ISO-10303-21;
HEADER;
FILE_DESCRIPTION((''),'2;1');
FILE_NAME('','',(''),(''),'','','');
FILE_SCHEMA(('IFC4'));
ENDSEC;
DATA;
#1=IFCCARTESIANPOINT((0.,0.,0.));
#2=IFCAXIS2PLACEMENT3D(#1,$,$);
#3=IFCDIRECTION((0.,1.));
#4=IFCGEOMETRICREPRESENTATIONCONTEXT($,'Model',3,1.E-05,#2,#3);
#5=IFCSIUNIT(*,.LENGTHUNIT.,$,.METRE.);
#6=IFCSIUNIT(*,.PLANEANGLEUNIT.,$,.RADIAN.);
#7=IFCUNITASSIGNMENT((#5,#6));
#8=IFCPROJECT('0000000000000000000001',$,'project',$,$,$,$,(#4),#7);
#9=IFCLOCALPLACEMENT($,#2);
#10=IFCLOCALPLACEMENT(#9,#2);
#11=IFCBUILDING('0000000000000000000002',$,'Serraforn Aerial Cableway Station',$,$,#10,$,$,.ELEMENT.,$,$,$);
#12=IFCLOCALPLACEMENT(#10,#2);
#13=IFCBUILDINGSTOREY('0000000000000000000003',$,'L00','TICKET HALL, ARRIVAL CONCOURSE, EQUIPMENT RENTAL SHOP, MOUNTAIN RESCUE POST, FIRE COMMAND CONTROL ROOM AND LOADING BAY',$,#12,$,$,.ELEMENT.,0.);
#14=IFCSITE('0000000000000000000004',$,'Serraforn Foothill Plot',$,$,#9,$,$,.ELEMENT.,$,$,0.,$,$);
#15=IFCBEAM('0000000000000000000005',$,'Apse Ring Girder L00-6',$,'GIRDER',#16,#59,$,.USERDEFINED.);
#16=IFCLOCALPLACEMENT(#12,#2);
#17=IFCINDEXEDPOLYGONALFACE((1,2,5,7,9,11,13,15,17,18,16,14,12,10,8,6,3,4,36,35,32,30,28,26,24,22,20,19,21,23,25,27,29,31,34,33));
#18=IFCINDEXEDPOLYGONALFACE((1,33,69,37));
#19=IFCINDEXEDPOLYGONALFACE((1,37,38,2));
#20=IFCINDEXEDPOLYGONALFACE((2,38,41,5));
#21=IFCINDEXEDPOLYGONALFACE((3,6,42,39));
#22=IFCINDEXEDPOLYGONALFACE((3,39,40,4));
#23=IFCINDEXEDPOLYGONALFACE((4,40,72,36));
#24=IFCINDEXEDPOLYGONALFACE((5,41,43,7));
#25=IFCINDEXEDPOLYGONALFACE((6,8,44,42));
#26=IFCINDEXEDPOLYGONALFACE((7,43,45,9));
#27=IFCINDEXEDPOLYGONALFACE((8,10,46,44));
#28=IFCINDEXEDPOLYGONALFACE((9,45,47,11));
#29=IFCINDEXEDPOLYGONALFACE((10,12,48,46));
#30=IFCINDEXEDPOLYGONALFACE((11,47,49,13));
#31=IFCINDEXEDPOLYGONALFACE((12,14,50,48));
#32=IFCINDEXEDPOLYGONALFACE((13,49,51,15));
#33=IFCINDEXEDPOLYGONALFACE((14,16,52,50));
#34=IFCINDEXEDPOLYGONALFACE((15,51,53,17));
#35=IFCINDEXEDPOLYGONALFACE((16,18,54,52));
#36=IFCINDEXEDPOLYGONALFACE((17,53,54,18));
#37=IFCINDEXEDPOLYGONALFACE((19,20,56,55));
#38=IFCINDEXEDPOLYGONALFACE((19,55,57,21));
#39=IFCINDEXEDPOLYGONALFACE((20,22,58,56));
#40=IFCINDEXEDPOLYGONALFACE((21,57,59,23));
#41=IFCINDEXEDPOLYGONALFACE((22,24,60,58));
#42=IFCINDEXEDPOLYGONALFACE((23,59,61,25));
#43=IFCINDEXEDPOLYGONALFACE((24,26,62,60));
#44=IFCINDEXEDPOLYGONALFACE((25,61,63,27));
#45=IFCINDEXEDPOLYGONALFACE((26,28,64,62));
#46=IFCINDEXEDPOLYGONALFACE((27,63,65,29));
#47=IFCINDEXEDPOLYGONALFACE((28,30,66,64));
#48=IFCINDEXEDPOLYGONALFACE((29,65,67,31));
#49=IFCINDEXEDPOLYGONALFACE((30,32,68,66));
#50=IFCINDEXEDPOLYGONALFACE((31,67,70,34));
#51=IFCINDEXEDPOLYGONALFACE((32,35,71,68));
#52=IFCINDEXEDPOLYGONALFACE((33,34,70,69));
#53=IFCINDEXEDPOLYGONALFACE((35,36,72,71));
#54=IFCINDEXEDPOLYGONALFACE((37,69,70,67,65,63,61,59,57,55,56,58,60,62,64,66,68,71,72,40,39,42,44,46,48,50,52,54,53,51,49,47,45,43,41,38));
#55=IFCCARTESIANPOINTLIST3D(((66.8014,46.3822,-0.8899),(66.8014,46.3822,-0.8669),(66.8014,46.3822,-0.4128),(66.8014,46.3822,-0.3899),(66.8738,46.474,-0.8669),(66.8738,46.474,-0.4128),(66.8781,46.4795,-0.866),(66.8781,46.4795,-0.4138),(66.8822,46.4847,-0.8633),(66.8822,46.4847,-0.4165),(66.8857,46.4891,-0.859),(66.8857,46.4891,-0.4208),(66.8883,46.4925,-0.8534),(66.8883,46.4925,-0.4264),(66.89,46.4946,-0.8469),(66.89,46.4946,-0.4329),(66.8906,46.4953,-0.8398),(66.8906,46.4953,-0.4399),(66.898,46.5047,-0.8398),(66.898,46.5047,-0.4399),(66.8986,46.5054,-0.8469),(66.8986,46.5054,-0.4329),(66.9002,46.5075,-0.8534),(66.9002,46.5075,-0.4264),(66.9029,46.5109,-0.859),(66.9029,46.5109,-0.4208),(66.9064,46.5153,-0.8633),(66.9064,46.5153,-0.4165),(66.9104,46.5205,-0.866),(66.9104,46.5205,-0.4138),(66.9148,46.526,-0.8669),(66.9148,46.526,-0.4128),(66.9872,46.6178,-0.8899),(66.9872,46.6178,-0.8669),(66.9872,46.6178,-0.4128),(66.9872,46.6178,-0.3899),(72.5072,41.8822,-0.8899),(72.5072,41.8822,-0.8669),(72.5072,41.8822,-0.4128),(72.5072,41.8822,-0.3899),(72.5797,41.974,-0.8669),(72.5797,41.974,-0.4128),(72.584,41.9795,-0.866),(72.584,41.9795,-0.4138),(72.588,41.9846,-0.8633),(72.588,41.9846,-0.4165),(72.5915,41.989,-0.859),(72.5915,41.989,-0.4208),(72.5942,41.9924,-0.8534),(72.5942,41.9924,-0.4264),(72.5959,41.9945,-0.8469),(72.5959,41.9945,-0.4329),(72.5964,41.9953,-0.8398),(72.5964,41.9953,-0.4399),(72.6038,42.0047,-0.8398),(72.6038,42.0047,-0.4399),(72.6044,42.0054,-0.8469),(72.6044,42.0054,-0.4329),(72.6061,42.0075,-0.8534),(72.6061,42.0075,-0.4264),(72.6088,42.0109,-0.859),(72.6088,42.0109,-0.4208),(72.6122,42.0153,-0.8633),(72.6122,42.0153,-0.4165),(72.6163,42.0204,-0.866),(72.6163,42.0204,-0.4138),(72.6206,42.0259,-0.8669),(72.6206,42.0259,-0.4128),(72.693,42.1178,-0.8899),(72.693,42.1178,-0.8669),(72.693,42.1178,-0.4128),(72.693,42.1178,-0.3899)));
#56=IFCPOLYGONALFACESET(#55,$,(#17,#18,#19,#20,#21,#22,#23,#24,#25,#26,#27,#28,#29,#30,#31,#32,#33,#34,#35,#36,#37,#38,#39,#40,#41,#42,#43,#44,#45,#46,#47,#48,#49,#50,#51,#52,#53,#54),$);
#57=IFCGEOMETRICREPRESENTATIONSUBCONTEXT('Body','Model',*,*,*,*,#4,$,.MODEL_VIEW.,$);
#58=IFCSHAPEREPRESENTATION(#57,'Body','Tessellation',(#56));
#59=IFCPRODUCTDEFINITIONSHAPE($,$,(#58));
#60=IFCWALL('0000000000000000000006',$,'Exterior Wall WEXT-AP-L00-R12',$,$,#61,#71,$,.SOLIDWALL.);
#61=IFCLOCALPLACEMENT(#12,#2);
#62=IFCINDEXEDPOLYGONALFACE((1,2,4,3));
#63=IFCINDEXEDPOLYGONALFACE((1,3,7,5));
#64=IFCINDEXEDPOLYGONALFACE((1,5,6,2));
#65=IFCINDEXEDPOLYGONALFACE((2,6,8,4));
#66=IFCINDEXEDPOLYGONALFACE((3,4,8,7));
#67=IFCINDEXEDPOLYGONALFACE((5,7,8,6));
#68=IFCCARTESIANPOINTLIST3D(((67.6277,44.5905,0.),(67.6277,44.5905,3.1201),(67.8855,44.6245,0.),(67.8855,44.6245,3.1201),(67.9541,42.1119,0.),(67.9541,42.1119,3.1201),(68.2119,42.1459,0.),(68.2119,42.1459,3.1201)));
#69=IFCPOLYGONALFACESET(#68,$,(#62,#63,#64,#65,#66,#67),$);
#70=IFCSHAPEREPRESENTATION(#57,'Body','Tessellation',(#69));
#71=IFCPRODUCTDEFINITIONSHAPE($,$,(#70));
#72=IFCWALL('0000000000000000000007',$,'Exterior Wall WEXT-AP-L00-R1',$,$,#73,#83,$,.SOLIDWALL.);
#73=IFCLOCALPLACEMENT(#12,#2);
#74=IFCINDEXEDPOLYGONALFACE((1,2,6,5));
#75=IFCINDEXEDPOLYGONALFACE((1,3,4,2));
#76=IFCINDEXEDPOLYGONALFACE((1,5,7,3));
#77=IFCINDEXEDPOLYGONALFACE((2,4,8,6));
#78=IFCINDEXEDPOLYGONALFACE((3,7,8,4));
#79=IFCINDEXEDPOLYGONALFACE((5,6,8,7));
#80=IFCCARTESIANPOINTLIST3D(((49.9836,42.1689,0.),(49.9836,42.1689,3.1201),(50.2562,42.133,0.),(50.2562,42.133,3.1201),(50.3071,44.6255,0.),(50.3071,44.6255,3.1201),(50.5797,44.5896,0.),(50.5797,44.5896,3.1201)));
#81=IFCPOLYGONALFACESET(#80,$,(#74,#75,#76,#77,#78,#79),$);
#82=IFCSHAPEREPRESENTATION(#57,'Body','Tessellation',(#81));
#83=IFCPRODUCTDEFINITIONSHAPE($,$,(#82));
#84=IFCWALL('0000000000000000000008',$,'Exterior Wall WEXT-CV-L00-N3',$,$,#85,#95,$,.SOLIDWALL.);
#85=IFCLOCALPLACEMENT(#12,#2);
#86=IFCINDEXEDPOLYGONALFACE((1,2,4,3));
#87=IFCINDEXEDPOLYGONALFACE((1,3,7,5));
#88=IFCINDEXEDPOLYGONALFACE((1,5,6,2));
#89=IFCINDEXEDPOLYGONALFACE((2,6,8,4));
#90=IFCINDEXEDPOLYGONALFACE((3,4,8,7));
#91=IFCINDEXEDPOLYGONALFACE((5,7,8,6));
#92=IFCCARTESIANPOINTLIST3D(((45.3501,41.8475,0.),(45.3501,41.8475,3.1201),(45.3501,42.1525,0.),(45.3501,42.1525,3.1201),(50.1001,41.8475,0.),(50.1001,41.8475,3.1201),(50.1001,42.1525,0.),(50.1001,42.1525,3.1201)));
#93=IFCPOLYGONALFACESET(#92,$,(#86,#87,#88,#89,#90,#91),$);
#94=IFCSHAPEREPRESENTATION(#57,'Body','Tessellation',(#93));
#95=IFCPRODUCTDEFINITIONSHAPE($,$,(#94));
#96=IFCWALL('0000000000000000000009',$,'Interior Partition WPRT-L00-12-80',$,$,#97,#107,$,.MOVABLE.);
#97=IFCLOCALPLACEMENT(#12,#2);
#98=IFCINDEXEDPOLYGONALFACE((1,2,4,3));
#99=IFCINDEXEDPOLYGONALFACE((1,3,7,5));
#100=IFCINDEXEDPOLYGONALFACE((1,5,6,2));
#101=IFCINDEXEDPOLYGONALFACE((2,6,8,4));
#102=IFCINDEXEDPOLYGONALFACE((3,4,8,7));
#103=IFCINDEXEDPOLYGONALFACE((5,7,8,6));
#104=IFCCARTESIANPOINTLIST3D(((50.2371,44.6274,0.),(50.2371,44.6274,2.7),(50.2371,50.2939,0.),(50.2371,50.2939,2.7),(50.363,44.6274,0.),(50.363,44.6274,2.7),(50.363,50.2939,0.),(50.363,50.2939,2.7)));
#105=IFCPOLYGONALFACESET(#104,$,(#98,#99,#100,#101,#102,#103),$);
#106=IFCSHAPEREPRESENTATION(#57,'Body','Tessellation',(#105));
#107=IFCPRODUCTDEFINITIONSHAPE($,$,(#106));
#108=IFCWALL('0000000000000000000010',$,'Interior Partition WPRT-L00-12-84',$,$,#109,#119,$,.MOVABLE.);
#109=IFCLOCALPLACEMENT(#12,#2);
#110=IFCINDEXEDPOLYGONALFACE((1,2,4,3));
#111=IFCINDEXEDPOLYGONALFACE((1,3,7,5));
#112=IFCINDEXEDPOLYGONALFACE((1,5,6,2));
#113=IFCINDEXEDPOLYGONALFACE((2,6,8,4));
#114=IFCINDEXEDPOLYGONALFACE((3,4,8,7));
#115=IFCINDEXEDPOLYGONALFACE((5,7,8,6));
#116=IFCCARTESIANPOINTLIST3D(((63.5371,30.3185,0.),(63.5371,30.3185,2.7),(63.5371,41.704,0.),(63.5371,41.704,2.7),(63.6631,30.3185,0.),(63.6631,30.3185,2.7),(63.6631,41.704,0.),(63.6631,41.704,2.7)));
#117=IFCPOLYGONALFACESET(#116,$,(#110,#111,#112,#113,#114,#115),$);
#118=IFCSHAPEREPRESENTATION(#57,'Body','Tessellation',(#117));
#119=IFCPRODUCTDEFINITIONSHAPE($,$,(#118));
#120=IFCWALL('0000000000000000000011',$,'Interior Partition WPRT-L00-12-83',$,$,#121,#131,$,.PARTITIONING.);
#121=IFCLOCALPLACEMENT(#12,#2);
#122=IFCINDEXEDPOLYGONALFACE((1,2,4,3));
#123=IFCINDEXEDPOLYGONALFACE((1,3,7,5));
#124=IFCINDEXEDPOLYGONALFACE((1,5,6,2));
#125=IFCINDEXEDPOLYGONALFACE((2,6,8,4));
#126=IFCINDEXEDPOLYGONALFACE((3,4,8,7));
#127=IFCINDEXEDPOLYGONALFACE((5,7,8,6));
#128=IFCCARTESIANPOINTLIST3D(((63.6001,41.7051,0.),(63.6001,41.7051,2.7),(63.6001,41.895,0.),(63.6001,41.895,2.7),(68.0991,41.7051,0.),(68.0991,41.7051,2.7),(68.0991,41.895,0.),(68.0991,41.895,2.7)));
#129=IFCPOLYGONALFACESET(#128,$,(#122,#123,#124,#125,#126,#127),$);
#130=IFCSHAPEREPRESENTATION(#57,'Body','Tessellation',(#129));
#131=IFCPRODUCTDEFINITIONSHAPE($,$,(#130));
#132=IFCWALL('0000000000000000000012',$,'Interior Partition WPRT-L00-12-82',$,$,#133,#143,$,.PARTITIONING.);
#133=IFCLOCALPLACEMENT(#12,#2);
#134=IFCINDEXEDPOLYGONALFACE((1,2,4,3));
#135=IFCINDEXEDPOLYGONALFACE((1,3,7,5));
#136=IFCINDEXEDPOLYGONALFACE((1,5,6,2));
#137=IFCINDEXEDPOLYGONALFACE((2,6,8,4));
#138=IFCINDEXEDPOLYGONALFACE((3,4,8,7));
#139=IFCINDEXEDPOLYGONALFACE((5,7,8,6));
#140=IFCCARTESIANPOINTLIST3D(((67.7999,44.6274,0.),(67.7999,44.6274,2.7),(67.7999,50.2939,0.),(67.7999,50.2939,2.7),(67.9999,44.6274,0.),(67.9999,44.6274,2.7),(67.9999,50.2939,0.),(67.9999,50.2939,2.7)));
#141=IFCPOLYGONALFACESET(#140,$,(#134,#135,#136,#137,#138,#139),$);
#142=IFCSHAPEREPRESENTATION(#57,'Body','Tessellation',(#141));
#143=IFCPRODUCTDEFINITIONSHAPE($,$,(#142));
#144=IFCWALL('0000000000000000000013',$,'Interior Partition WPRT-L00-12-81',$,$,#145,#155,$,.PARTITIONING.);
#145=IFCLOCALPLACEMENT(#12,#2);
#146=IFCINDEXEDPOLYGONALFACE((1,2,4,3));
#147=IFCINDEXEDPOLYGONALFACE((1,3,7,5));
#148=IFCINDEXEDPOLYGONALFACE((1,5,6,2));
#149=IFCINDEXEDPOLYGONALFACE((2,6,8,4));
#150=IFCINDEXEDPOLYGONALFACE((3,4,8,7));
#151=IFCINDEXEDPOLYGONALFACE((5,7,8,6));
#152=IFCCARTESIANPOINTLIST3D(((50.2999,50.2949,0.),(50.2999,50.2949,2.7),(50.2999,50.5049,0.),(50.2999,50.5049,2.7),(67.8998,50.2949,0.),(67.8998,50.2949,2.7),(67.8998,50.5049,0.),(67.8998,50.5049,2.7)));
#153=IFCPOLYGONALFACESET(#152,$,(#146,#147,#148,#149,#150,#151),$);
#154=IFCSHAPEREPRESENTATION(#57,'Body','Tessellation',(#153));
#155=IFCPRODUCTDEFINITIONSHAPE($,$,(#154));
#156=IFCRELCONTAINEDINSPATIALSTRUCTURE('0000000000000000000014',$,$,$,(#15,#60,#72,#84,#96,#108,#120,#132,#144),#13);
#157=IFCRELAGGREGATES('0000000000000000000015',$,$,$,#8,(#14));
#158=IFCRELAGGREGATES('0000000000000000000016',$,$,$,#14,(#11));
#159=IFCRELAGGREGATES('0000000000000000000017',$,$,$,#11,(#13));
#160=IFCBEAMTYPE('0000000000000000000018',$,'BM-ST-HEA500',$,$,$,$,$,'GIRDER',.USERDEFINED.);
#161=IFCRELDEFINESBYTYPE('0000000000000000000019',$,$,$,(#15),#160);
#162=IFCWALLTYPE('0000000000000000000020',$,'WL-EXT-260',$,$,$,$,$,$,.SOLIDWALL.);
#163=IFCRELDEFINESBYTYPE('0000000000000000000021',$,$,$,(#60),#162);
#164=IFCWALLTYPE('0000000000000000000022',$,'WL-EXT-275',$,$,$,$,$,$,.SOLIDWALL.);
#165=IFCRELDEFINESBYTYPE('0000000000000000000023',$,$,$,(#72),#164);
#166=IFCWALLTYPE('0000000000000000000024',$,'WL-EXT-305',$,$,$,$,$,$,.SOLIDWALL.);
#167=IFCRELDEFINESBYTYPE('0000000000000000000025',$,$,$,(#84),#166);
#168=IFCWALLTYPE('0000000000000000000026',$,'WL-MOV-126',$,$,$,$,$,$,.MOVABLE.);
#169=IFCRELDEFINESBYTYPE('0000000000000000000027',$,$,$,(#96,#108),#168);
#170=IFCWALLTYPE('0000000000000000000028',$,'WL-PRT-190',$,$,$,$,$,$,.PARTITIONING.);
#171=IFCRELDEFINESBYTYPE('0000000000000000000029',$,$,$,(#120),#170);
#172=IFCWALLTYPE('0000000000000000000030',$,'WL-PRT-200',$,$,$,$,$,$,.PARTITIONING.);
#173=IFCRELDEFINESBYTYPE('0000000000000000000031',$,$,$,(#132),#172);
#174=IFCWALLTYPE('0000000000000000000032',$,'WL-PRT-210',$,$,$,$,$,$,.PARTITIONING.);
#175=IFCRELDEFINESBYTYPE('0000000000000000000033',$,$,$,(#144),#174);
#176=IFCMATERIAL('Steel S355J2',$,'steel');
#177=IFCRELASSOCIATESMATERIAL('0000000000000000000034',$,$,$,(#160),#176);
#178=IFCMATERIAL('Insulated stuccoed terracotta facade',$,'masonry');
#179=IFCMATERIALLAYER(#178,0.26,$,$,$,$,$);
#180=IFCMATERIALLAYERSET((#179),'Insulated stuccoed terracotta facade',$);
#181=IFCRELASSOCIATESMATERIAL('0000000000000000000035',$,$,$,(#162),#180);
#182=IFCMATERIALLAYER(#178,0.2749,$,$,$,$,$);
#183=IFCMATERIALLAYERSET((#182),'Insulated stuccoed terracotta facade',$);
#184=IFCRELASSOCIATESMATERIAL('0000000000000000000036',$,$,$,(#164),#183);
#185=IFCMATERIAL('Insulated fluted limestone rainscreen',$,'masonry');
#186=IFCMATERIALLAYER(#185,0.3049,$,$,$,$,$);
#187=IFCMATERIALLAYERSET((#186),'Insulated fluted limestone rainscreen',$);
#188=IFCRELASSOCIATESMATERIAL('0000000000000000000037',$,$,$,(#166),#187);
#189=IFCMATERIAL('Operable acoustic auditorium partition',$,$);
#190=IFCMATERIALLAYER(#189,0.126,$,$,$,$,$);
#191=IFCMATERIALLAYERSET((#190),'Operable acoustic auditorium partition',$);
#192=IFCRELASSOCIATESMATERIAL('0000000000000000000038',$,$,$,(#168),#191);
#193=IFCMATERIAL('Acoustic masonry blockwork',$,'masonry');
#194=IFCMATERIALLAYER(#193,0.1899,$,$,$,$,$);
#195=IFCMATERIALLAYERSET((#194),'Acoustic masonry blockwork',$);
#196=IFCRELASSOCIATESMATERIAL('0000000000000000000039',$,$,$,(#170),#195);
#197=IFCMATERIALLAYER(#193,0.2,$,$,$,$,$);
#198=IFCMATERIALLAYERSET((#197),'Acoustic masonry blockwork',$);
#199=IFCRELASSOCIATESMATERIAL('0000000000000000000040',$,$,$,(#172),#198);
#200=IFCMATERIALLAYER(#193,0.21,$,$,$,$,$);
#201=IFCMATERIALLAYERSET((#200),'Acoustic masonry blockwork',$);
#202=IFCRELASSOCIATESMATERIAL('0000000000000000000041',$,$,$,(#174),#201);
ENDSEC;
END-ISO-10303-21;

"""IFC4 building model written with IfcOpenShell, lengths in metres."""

from ifc_helpers import new_model, si_unit, direction, frame, frame_2d, origin, origin_2d, place, context, subcontext, project, spatial, rectangle, i_section, extrude, material, layer, layer_set, material_profile, profile_set, type_object, element, save


model = new_model("IFC4")

# Units and contexts
model_context = context("Model", 3, precision=1e-05, world=origin(), true_north=direction((0.0, 1.0)))
body_context = subcontext(model_context, "Body", "Model", "MODEL_VIEW")
ifc_project = project(units=[si_unit("LENGTHUNIT", "METRE"), si_unit("PLANEANGLEUNIT", "RADIAN")], contexts=[model_context])

# Site, building, storey
site_placement = place(None, origin())
site = spatial("IfcSite", under=ifc_project, at=site_placement, Name="Serraforn Foothill Plot", CompositionType="ELEMENT", RefElevation=0.0)
building_placement = place(site_placement, origin())
building = spatial("IfcBuilding", under=site, at=building_placement, Name="Serraforn Aerial Cableway Station", CompositionType="ELEMENT")
storey_placement = place(building_placement, origin())
storey = spatial("IfcBuildingStorey", under=building, at=storey_placement, Name="L00", Description="TICKET HALL, ARRIVAL CONCOURSE, EQUIPMENT RENTAL SHOP, MOUNTAIN RESCUE POST, FIRE COMMAND CONTROL ROOM AND LOADING BAY", CompositionType="ELEMENT", Elevation=0.0)

# Beam
ifc_material_1 = material(Name="Steel S355J2", Category="steel")
ifc_material_profile_1 = material_profile(ifc_material_1, i_section(OverallWidth=0.3, OverallDepth=0.5, WebThickness=0.012, FlangeThickness=0.0229, FilletRadius=0.0271, at=origin_2d()), Name="HEA 500")
ifc_profile_set_1 = profile_set([ifc_material_profile_1], Name="Steel S355J2")
beam_type_1 = type_object("IfcBeamType", Name="BM-ST-HEA500", ElementType="GIRDER", PredefinedType="USERDEFINED", material=ifc_profile_set_1)
beam_1_placement = place(storey_placement, frame((66.8943, 46.5, -0.6399), z_axis=(0.78519, -0.619255, 0.0), x_axis=(0.619255, 0.78519, 0.0)))
element("IfcBeam", 1, at=beam_1_placement, inside=storey, type_object=beam_type_1, Name="Apse Ring Girder L00-6", ObjectType="GIRDER", PredefinedType="USERDEFINED", context=body_context, shape_type="SweptSolid", body=[
    extrude(i_section(OverallWidth=0.3, OverallDepth=0.5, WebThickness=0.012, FlangeThickness=0.0229, FilletRadius=0.0271, at=origin_2d()), origin(), (0.0, 0.0, 1.0), 7.2668),
])

# Walls
ifc_material_2 = material(Name="Insulated stuccoed terracotta facade", Category="masonry")
ifc_layer_1 = layer(ifc_material_2, 0.26)
ifc_layer_set_1 = layer_set([ifc_layer_1], Name="Insulated stuccoed terracotta facade")
wall_type_1 = type_object("IfcWallType", Name="WL-EXT-260", PredefinedType="SOLIDWALL", material=ifc_layer_set_1)
wall_1_placement = place(storey_placement, frame((68.083, 42.1289, 0.0), z_axis=(0.0, 0.0, 1.0), x_axis=(-0.130571, 0.991439, 0.0)))
element("IfcWall", 2, at=wall_1_placement, inside=storey, type_object=wall_type_1, Name="Exterior Wall WEXT-AP-L00-R12", PredefinedType="SOLIDWALL", context=body_context, shape_type="SweptSolid", body=[
    extrude(rectangle(XDim=2.5, YDim=0.26, at=frame_2d((1.25, 0.0))), origin(), (0.0, 0.0, 1.0), 3.1201),
])
ifc_layer_2 = layer(ifc_material_2, 0.2749)
ifc_layer_set_2 = layer_set([ifc_layer_2], Name="Insulated stuccoed terracotta facade")
wall_type_2 = type_object("IfcWallType", Name="WL-EXT-275", PredefinedType="SOLIDWALL", material=ifc_layer_set_2)
wall_2_placement = place(storey_placement, frame((50.4434, 44.6074, 0.0), z_axis=(0.0, 0.0, 1.0), x_axis=(-0.130556, -0.991441, 0.0)))
element("IfcWall", 3, at=wall_2_placement, inside=storey, type_object=wall_type_2, Name="Exterior Wall WEXT-AP-L00-R1", PredefinedType="SOLIDWALL", context=body_context, shape_type="SweptSolid", body=[
    extrude(rectangle(XDim=2.4778, YDim=0.2749, at=frame_2d((1.2388, 0.0))), origin(), (0.0, 0.0, 1.0), 3.1201),
])
ifc_material_3 = material(Name="Insulated fluted limestone rainscreen", Category="masonry")
ifc_layer_3 = layer(ifc_material_3, 0.3049)
ifc_layer_set_3 = layer_set([ifc_layer_3], Name="Insulated fluted limestone rainscreen")
wall_type_3 = type_object("IfcWallType", Name="WL-EXT-305", PredefinedType="SOLIDWALL", material=ifc_layer_set_3)
wall_3_placement = place(storey_placement, frame((50.1001, 42.0, 0.0), z_axis=(0.0, 0.0, 1.0), x_axis=(-1.0, 0.0, 0.0)))
element("IfcWall", 4, at=wall_3_placement, inside=storey, type_object=wall_type_3, Name="Exterior Wall WEXT-CV-L00-N3", PredefinedType="SOLIDWALL", context=body_context, shape_type="SweptSolid", body=[
    extrude(rectangle(XDim=4.75, YDim=0.3049, at=frame_2d((2.375, 0.0))), origin(), (0.0, 0.0, 1.0), 3.1201),
])
ifc_material_4 = material(Name="Operable acoustic auditorium partition")
ifc_layer_4 = layer(ifc_material_4, 0.126)
ifc_layer_set_4 = layer_set([ifc_layer_4], Name="Operable acoustic auditorium partition")
wall_type_4 = type_object("IfcWallType", Name="WL-MOV-126", PredefinedType="MOVABLE", material=ifc_layer_set_4)
wall_4_placement = place(storey_placement, frame((50.3, 44.6274, 0.0), z_axis=(0.0, 0.0, 1.0), x_axis=(0.0, 1.0, 0.0)))
element("IfcWall", 5, at=wall_4_placement, inside=storey, type_object=wall_type_4, Name="Interior Partition WPRT-L00-12-80", PredefinedType="MOVABLE", context=body_context, shape_type="SweptSolid", body=[
    extrude(rectangle(XDim=5.6665, YDim=0.126, at=frame_2d((2.8333, 0.0))), origin(), (0.0, 0.0, 1.0), 2.7),
])
wall_5_placement = place(storey_placement, frame((63.6001, 41.7041, 0.0), z_axis=(0.0, 0.0, 1.0), x_axis=(0.0, -1.0, 0.0)))
element("IfcWall", 6, at=wall_5_placement, inside=storey, type_object=wall_type_4, Name="Interior Partition WPRT-L00-12-84", PredefinedType="MOVABLE", context=body_context, shape_type="SweptSolid", body=[
    extrude(rectangle(XDim=11.3855, YDim=0.126, at=frame_2d((5.6929, 0.0))), origin(), (0.0, 0.0, 1.0), 2.7),
])
ifc_material_5 = material(Name="Acoustic masonry blockwork", Category="masonry")
ifc_layer_5 = layer(ifc_material_5, 0.1899)
ifc_layer_set_5 = layer_set([ifc_layer_5], Name="Acoustic masonry blockwork")
wall_type_5 = type_object("IfcWallType", Name="WL-PRT-190", PredefinedType="PARTITIONING", material=ifc_layer_set_5)
wall_6_placement = place(storey_placement, frame((68.0991, 41.8, 0.0), z_axis=(0.0, 0.0, 1.0), x_axis=(-1.0, 0.0, 0.0)))
element("IfcWall", 7, at=wall_6_placement, inside=storey, type_object=wall_type_5, Name="Interior Partition WPRT-L00-12-83", PredefinedType="PARTITIONING", context=body_context, shape_type="SweptSolid", body=[
    extrude(rectangle(XDim=4.499, YDim=0.1899, at=frame_2d((2.2495, 0.0))), origin(), (0.0, 0.0, 1.0), 2.7),
])
ifc_layer_6 = layer(ifc_material_5, 0.2)
ifc_layer_set_6 = layer_set([ifc_layer_6], Name="Acoustic masonry blockwork")
wall_type_6 = type_object("IfcWallType", Name="WL-PRT-200", PredefinedType="PARTITIONING", material=ifc_layer_set_6)
wall_7_placement = place(storey_placement, frame((67.8999, 50.2939, 0.0), z_axis=(0.0, 0.0, 1.0), x_axis=(0.0, -1.0, 0.0)))
element("IfcWall", 8, at=wall_7_placement, inside=storey, type_object=wall_type_6, Name="Interior Partition WPRT-L00-12-82", PredefinedType="PARTITIONING", context=body_context, shape_type="SweptSolid", body=[
    extrude(rectangle(XDim=5.6665, YDim=0.2, at=frame_2d((2.8333, 0.0))), origin(), (0.0, 0.0, 1.0), 2.7),
])
ifc_layer_7 = layer(ifc_material_5, 0.21)
ifc_layer_set_7 = layer_set([ifc_layer_7], Name="Acoustic masonry blockwork")
wall_type_7 = type_object("IfcWallType", Name="WL-PRT-210", PredefinedType="PARTITIONING", material=ifc_layer_set_7)
wall_8_placement = place(storey_placement, frame((50.3, 50.3999, 0.0), z_axis=(0.0, 0.0, 1.0), x_axis=(1.0, 0.0, 0.0)))
element("IfcWall", 9, at=wall_8_placement, inside=storey, type_object=wall_type_7, Name="Interior Partition WPRT-L00-12-81", PredefinedType="PARTITIONING", context=body_context, shape_type="SweptSolid", body=[
    extrude(rectangle(XDim=17.5999, YDim=0.21, at=frame_2d((8.7998, 0.0))), origin(), (0.0, 0.0, 1.0), 2.7),
])

save(model, "model.ifc")
